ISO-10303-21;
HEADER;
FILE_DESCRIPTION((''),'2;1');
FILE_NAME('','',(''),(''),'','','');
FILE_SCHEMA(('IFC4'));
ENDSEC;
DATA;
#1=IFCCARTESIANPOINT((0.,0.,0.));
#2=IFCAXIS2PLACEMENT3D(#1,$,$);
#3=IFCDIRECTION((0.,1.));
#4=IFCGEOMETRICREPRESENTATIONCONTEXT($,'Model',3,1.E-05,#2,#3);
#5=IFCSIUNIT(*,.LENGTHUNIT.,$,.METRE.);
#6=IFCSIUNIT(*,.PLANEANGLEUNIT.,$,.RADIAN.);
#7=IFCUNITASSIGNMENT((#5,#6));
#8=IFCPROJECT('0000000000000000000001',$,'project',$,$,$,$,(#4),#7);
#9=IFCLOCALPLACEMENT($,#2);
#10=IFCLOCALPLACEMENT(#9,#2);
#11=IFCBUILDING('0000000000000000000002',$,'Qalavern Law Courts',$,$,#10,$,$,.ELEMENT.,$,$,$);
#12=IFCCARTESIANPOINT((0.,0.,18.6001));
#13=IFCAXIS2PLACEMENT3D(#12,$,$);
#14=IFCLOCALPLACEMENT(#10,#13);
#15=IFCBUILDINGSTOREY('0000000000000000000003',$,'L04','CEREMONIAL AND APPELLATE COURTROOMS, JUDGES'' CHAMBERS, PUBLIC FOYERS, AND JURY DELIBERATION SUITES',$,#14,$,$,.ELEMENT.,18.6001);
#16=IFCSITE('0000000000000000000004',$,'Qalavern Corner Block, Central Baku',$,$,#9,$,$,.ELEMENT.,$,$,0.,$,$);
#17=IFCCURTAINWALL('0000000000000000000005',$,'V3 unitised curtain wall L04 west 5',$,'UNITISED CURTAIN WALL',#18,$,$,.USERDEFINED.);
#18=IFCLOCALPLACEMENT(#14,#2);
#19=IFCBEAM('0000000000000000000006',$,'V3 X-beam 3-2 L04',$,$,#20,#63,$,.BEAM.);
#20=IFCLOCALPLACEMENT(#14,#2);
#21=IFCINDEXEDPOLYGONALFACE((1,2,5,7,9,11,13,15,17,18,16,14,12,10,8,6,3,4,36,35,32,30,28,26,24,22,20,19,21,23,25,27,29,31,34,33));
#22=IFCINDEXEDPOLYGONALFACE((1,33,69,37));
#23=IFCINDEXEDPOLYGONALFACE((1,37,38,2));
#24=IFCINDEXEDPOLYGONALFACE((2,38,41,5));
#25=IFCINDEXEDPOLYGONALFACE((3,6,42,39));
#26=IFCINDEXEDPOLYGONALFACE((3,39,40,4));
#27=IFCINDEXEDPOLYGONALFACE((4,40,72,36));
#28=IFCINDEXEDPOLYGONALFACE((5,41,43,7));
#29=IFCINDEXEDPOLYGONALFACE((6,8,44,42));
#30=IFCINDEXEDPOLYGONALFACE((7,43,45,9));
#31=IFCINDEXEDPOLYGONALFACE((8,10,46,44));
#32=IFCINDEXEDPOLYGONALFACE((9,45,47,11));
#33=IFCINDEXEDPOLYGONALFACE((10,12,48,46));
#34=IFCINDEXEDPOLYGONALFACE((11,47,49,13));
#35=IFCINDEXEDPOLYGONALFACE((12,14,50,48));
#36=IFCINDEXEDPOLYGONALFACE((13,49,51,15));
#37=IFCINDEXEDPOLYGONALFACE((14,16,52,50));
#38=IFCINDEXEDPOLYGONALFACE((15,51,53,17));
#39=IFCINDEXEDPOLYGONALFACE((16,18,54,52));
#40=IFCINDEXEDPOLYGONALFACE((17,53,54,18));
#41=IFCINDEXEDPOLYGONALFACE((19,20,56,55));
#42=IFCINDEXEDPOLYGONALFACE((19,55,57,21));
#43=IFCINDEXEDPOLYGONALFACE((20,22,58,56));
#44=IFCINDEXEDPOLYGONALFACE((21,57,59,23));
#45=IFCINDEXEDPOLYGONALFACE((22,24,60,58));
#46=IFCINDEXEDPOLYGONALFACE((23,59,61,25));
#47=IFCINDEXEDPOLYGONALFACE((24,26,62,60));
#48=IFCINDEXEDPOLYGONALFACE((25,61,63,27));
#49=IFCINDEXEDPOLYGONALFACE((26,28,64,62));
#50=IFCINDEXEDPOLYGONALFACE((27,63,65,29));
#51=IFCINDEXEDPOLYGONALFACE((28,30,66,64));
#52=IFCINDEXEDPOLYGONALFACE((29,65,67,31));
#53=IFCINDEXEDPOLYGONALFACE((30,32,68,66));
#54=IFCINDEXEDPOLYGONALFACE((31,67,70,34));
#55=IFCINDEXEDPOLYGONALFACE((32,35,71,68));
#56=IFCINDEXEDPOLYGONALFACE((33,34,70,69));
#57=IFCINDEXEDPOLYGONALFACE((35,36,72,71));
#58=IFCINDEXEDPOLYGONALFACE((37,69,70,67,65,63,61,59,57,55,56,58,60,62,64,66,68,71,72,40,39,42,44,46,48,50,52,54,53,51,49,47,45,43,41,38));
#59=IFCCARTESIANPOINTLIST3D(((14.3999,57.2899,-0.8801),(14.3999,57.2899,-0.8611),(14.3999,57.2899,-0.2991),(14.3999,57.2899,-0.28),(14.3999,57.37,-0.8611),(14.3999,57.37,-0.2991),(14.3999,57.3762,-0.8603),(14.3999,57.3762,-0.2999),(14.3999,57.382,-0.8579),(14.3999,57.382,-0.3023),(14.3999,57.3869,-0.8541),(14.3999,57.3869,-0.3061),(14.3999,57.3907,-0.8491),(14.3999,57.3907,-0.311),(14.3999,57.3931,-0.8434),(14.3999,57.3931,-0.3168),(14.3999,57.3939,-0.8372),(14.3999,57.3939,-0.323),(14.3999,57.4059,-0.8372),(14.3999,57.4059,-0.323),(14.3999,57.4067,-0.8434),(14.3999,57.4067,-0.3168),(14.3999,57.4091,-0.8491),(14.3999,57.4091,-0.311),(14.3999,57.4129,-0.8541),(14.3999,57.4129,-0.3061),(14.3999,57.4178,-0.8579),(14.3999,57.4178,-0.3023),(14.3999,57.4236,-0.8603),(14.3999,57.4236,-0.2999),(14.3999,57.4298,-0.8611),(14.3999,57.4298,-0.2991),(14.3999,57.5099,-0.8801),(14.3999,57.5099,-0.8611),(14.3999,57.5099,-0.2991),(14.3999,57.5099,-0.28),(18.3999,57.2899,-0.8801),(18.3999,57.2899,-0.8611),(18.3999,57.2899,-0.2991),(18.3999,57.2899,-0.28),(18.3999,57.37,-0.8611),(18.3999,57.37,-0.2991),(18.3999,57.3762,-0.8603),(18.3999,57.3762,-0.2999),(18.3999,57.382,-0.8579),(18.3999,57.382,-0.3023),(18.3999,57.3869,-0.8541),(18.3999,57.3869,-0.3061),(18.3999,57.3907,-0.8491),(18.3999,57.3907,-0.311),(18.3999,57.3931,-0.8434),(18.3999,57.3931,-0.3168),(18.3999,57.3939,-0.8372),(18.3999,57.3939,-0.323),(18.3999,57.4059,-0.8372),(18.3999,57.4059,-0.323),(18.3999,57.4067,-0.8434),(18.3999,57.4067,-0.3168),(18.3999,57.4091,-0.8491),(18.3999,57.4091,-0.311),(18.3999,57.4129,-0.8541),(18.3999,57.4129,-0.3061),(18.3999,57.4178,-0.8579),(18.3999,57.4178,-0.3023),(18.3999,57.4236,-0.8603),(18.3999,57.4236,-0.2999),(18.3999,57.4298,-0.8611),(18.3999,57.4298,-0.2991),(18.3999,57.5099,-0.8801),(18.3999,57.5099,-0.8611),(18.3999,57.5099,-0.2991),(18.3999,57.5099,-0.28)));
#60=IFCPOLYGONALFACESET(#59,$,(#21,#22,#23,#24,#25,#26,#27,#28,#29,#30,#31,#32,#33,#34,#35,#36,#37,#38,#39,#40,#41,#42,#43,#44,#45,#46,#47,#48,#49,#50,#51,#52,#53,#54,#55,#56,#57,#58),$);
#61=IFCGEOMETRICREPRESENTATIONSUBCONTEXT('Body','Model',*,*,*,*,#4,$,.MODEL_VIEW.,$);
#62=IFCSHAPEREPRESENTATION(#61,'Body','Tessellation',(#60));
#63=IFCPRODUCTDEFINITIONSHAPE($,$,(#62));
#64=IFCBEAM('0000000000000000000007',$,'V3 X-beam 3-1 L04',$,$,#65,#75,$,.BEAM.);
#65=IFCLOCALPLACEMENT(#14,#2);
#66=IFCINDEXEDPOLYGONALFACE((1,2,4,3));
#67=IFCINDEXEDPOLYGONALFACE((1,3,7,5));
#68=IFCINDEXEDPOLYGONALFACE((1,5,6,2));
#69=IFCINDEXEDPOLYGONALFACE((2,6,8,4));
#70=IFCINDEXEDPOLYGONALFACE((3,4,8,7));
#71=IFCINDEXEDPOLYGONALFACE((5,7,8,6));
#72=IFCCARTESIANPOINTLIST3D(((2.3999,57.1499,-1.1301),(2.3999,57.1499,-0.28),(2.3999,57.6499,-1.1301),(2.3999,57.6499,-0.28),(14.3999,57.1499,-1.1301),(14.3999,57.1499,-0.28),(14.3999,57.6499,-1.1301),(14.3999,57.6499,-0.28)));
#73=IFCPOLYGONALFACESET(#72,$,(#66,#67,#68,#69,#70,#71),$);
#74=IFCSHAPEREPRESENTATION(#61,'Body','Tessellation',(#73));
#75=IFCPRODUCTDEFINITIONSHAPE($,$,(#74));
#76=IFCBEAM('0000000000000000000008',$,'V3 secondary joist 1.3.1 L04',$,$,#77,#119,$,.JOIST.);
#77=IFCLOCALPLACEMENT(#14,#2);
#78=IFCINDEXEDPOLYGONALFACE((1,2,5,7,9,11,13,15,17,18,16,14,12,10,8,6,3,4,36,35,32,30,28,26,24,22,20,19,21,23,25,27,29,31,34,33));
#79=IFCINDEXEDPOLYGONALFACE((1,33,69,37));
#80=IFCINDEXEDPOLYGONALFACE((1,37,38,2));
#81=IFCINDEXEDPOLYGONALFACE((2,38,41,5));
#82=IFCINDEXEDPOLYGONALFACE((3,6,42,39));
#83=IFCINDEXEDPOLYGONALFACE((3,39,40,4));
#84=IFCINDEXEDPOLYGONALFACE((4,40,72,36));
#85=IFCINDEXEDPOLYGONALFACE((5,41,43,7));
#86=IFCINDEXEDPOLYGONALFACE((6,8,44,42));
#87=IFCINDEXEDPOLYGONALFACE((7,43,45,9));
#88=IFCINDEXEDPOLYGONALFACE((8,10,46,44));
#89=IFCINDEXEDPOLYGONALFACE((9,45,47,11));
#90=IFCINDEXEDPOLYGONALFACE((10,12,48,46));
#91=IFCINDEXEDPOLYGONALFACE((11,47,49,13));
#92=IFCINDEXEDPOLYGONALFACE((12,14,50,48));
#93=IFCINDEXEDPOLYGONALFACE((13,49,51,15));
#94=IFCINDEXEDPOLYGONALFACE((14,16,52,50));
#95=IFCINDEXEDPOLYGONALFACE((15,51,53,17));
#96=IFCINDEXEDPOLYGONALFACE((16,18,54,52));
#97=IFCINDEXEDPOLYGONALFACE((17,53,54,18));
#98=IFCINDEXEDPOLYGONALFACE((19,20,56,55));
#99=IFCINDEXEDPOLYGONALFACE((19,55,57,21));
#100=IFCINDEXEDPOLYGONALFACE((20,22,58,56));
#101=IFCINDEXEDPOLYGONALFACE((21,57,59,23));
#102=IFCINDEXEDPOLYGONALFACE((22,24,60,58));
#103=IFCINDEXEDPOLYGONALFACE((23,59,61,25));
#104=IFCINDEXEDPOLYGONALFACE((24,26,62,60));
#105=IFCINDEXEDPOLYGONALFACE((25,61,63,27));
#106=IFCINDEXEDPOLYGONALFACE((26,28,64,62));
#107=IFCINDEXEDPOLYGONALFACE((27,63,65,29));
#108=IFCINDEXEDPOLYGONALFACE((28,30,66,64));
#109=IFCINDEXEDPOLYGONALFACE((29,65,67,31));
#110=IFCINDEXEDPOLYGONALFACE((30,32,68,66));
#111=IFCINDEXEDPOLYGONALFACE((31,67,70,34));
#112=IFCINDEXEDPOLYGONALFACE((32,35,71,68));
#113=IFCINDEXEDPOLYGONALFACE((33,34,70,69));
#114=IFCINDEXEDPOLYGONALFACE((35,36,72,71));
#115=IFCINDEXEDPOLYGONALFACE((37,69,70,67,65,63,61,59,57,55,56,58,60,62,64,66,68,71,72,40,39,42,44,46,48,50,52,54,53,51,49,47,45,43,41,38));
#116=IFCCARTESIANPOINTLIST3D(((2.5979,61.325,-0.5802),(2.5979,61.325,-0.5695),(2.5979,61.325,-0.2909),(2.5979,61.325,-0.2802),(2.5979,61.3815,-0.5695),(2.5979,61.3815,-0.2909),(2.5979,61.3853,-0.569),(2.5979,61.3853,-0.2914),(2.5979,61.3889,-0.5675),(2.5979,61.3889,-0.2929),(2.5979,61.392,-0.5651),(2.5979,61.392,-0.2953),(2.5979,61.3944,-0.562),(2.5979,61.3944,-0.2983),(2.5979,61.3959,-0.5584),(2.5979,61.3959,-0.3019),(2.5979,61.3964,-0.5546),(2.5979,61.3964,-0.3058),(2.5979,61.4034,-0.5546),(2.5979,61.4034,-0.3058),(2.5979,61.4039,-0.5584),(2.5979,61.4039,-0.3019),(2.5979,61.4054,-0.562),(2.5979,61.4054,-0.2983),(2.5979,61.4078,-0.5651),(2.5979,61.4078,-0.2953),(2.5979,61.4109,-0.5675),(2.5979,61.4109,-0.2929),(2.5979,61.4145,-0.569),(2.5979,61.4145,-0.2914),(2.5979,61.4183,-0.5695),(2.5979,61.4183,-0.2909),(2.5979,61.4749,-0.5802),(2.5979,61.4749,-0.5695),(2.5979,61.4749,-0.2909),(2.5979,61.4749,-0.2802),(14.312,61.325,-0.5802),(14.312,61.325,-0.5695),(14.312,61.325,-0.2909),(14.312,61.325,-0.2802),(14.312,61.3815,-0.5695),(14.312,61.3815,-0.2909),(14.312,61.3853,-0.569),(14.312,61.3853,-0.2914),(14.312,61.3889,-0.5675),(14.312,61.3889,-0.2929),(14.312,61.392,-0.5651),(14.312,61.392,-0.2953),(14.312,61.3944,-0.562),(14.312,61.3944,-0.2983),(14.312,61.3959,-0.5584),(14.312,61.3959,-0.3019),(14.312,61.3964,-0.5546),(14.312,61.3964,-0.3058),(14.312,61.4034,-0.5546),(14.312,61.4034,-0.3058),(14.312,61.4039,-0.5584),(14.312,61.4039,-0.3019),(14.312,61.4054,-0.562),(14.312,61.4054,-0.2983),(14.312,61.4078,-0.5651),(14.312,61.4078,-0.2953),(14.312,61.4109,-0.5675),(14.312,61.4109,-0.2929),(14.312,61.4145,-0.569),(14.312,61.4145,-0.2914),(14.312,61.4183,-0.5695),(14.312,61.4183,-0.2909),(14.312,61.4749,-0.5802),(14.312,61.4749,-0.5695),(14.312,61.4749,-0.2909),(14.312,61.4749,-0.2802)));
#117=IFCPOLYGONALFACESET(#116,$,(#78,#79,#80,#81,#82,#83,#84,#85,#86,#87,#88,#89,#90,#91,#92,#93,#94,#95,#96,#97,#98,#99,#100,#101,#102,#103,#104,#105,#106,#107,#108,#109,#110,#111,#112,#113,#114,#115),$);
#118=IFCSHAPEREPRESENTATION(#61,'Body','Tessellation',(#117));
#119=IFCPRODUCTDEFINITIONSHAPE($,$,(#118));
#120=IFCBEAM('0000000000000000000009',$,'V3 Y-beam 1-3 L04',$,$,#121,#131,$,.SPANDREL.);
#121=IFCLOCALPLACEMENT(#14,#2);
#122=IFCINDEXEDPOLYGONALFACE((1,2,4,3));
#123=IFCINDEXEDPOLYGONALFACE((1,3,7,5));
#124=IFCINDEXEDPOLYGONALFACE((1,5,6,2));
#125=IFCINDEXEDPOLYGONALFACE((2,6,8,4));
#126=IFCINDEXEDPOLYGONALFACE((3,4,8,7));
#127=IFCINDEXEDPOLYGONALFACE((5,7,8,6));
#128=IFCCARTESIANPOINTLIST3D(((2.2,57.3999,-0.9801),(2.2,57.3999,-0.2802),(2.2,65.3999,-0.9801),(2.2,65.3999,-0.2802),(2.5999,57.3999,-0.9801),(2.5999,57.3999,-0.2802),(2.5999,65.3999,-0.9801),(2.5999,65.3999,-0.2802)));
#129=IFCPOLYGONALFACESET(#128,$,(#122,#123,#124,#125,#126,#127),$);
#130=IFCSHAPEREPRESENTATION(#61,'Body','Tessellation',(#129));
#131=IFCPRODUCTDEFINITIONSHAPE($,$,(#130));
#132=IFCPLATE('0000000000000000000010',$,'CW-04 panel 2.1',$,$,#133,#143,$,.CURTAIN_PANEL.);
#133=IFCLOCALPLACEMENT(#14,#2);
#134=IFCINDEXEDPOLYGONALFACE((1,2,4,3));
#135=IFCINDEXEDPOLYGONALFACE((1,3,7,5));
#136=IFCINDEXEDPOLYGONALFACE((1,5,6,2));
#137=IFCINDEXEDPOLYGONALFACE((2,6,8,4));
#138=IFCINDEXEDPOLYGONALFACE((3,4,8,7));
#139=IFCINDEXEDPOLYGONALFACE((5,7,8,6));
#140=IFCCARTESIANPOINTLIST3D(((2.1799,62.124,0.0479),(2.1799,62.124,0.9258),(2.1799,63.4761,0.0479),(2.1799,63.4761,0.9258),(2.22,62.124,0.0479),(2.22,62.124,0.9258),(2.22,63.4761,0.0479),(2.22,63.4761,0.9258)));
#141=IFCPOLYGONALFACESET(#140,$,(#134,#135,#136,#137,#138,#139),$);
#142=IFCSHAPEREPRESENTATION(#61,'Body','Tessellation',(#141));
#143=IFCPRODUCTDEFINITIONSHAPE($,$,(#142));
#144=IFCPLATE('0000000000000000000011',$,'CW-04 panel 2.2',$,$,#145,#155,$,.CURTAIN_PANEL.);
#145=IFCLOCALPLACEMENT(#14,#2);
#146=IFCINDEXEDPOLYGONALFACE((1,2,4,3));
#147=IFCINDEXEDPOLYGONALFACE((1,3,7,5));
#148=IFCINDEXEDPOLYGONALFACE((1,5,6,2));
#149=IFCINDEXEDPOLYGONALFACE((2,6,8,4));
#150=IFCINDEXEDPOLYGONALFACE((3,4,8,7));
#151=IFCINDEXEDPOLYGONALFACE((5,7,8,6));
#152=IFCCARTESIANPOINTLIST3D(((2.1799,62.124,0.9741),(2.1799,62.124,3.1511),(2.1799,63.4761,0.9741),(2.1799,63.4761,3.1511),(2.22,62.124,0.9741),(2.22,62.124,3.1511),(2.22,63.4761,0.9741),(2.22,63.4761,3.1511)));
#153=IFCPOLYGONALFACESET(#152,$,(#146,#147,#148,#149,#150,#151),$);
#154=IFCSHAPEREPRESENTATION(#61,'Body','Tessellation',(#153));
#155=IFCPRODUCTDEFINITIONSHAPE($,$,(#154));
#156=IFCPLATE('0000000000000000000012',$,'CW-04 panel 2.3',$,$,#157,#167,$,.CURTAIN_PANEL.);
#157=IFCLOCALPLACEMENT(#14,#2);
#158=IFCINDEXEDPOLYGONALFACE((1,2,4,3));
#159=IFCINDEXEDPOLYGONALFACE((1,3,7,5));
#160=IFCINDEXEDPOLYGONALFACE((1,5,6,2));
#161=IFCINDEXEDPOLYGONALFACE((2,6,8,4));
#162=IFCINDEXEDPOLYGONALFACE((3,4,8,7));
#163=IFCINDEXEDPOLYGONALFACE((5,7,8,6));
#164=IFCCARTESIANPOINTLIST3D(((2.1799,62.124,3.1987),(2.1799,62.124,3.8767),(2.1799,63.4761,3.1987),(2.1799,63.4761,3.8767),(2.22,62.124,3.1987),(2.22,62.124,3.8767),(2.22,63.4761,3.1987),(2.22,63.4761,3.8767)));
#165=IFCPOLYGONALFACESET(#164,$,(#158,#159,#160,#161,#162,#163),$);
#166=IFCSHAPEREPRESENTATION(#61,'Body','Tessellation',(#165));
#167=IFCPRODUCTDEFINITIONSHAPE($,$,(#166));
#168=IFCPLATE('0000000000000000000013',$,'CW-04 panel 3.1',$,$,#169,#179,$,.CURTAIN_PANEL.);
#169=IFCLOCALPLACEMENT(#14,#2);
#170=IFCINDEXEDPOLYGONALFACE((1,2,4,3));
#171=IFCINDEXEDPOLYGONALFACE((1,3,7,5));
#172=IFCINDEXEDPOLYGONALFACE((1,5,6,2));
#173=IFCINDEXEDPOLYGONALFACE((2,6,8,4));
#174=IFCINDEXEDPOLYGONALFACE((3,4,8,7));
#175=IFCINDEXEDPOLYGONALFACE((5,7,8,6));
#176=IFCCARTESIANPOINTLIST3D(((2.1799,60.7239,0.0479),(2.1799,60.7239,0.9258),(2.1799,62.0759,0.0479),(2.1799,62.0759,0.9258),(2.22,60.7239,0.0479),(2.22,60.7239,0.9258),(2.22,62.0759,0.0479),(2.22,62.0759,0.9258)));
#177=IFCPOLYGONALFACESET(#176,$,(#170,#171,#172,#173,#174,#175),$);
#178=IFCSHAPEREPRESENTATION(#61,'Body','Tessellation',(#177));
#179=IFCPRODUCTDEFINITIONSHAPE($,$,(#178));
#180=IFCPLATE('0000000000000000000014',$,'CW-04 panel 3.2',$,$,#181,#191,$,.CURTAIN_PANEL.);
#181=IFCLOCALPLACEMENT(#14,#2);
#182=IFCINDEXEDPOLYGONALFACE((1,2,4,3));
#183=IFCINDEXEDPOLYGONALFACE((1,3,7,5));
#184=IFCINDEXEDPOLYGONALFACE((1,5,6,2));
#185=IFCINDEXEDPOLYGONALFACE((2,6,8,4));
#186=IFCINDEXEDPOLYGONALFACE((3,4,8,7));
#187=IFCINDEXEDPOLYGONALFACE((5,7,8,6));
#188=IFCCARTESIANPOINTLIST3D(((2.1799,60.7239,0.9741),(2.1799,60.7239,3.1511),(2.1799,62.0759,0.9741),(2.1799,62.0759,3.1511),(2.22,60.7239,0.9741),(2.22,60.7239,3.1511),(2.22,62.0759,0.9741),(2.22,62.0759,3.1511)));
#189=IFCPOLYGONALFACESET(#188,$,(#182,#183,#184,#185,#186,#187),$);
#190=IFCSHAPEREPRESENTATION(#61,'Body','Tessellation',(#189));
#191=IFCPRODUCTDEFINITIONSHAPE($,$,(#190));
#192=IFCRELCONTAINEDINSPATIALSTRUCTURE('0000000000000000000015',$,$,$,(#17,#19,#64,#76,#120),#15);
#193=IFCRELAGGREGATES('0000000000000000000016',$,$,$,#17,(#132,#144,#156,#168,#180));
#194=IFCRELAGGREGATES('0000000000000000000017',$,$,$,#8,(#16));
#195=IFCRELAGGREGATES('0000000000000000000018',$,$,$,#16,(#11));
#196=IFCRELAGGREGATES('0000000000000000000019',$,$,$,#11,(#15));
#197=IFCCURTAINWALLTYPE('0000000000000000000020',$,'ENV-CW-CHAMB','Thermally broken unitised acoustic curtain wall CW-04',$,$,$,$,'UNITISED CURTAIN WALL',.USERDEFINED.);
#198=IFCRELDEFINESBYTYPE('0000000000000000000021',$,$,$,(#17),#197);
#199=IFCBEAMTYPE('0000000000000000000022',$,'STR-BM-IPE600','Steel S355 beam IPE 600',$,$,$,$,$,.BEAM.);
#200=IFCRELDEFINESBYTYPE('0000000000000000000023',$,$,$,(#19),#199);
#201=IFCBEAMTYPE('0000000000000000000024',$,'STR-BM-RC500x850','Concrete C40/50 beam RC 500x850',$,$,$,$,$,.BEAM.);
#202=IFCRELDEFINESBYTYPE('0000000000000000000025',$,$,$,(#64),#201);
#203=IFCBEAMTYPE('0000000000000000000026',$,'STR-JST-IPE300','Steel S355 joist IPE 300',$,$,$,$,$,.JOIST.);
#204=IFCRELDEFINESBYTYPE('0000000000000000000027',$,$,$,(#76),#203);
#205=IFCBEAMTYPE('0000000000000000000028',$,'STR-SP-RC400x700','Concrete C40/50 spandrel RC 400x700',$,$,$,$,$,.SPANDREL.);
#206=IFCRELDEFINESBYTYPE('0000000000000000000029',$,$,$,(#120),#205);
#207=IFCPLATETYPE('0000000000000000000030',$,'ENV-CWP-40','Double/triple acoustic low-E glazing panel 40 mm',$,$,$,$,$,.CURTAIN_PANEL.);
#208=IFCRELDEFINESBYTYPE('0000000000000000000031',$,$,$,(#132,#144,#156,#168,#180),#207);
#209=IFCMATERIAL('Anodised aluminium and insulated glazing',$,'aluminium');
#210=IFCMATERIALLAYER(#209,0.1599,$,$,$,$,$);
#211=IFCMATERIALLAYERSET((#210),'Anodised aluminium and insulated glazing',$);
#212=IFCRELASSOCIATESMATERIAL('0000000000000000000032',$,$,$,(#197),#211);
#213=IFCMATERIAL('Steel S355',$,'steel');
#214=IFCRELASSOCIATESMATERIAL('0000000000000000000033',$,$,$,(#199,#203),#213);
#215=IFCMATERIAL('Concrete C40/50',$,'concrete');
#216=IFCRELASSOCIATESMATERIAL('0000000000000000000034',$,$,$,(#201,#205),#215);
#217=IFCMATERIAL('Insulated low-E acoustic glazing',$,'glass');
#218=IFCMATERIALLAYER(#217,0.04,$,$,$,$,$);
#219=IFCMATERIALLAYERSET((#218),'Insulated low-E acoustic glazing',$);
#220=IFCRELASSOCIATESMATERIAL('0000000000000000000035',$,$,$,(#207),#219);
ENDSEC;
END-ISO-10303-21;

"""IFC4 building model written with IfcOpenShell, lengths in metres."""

from ifc_helpers import new_model, si_unit, direction, frame, origin, origin_2d, place, context, subcontext, project, spatial, rectangle, i_section, extrude, material, layer, layer_set, material_profile, profile_set, type_object, element, aggregate, save


model = new_model("IFC4")

# Units and contexts
model_context = context("Model", 3, precision=1e-05, world=origin(), true_north=direction((0.0, 1.0)))
body_context = subcontext(model_context, "Body", "Model", "MODEL_VIEW")
ifc_project = project(units=[si_unit("LENGTHUNIT", "METRE"), si_unit("PLANEANGLEUNIT", "RADIAN")], contexts=[model_context])

# Site, building, storey
site_placement = place(None, origin())
site = spatial("IfcSite", under=ifc_project, at=site_placement, Name="Qalavern Corner Block, Central Baku", CompositionType="ELEMENT", RefElevation=0.0)
building_placement = place(site_placement, origin())
building = spatial("IfcBuilding", under=site, at=building_placement, Name="Qalavern Law Courts", CompositionType="ELEMENT")
storey_placement = place(building_placement, frame((0.0, 0.0, 18.6001)))
storey = spatial("IfcBuildingStorey", under=building, at=storey_placement, Name="L04", Description="CEREMONIAL AND APPELLATE COURTROOMS, JUDGES' CHAMBERS, PUBLIC FOYERS, AND JURY DELIBERATION SUITES", CompositionType="ELEMENT", Elevation=18.6001)

# Curtain wall
ifc_material_1 = material(Name="Anodised aluminium and insulated glazing", Category="aluminium")
ifc_layer_1 = layer(ifc_material_1, 0.1599)
ifc_layer_set_1 = layer_set([ifc_layer_1], Name="Anodised aluminium and insulated glazing")
curtain_wall_type = type_object("IfcCurtainWallType", Name="ENV-CW-CHAMB", Description="Thermally broken unitised acoustic curtain wall CW-04", ElementType="UNITISED CURTAIN WALL", PredefinedType="USERDEFINED", material=ifc_layer_set_1)
curtain_wall_placement = place(storey_placement, origin())
curtain_wall = element("IfcCurtainWall", 1, at=curtain_wall_placement, inside=storey, type_object=curtain_wall_type, Name="V3 unitised curtain wall L04 west 5", ObjectType="UNITISED CURTAIN WALL", PredefinedType="USERDEFINED")

# Beams
ifc_material_2 = material(Name="Steel S355", Category="steel")
ifc_material_profile_1 = material_profile(ifc_material_2, i_section(OverallWidth=0.22, OverallDepth=0.6001, WebThickness=0.012, FlangeThickness=0.019, FilletRadius=0.0239, at=origin_2d()), Name="IPE 600")
ifc_profile_set_1 = profile_set([ifc_material_profile_1], Name="Steel S355")
beam_type_1 = type_object("IfcBeamType", Name="STR-BM-IPE600", Description="Steel S355 beam IPE 600", PredefinedType="BEAM", material=ifc_profile_set_1)
beam_1_placement = place(storey_placement, frame((14.3999, 57.3999, -0.5801), z_axis=(1.0, 0.0, 0.0), x_axis=(0.0, 1.0, 0.0)))
element("IfcBeam", 2, at=beam_1_placement, inside=storey, type_object=beam_type_1, Name="V3 X-beam 3-2 L04", PredefinedType="BEAM", context=body_context, shape_type="SweptSolid", body=[
    extrude(i_section(OverallWidth=0.22, OverallDepth=0.6001, WebThickness=0.012, FlangeThickness=0.019, FilletRadius=0.0239, at=origin_2d()), origin(), (0.0, 0.0, 1.0), 4.0),
])
ifc_material_3 = material(Name="Concrete C40/50", Category="concrete")
ifc_material_profile_2 = material_profile(ifc_material_3, rectangle(XDim=0.5, YDim=0.8501, at=origin_2d()), Name="RC 500x850")
ifc_profile_set_2 = profile_set([ifc_material_profile_2], Name="Concrete C40/50")
beam_type_2 = type_object("IfcBeamType", Name="STR-BM-RC500x850", Description="Concrete C40/50 beam RC 500x850", PredefinedType="BEAM", material=ifc_profile_set_2)
beam_2_placement = place(storey_placement, frame((2.3999, 57.3999, -0.7051), z_axis=(1.0, 0.0, 0.0), x_axis=(0.0, 1.0, 0.0)))
element("IfcBeam", 3, at=beam_2_placement, inside=storey, type_object=beam_type_2, Name="V3 X-beam 3-1 L04", PredefinedType="BEAM", context=body_context, shape_type="SweptSolid", body=[
    extrude(rectangle(XDim=0.5, YDim=0.8501, at=origin_2d()), origin(), (0.0, 0.0, 1.0), 12.0),
])
ifc_material_profile_3 = material_profile(ifc_material_2, i_section(OverallWidth=0.1499, OverallDepth=0.3, WebThickness=0.0071, FlangeThickness=0.0107, FilletRadius=0.0149, at=origin_2d()), Name="IPE 300")
ifc_profile_set_3 = profile_set([ifc_material_profile_3], Name="Steel S355")
beam_type_3 = type_object("IfcBeamType", Name="STR-JST-IPE300", Description="Steel S355 joist IPE 300", PredefinedType="JOIST", material=ifc_profile_set_3)
beam_3_placement = place(storey_placement, frame((2.5979, 61.3999, -0.4302), z_axis=(1.0, 0.0, 0.0), x_axis=(0.0, 1.0, 0.0)))
element("IfcBeam", 4, at=beam_3_placement, inside=storey, type_object=beam_type_3, Name="V3 secondary joist 1.3.1 L04", PredefinedType="JOIST", context=body_context, shape_type="SweptSolid", body=[
    extrude(i_section(OverallWidth=0.1499, OverallDepth=0.3, WebThickness=0.0071, FlangeThickness=0.0107, FilletRadius=0.0149, at=origin_2d()), origin(), (0.0, 0.0, 1.0), 11.7141),
])
ifc_material_profile_4 = material_profile(ifc_material_3, rectangle(XDim=0.3999, YDim=0.7, at=origin_2d()), Name="RC 400x700")
ifc_profile_set_4 = profile_set([ifc_material_profile_4], Name="Concrete C40/50")
beam_type_4 = type_object("IfcBeamType", Name="STR-SP-RC400x700", Description="Concrete C40/50 spandrel RC 400x700", PredefinedType="SPANDREL", material=ifc_profile_set_4)
beam_4_placement = place(storey_placement, frame((2.3999, 57.3999, -0.6301), z_axis=(0.0, 1.0, 0.0), x_axis=(-1.0, 0.0, 0.0)))
element("IfcBeam", 5, at=beam_4_placement, inside=storey, type_object=beam_type_4, Name="V3 Y-beam 1-3 L04", PredefinedType="SPANDREL", context=body_context, shape_type="SweptSolid", body=[
    extrude(rectangle(XDim=0.3999, YDim=0.7, at=origin_2d()), origin(), (0.0, 0.0, 1.0), 8.0),
])

# Plates
ifc_material_4 = material(Name="Insulated low-E acoustic glazing", Category="glass")
ifc_layer_2 = layer(ifc_material_4, 0.04)
ifc_layer_set_2 = layer_set([ifc_layer_2], Name="Insulated low-E acoustic glazing")
plate_type = type_object("IfcPlateType", Name="ENV-CWP-40", Description="Double/triple acoustic low-E glazing panel 40 mm", PredefinedType="CURTAIN_PANEL", material=ifc_layer_set_2)
plate_1_placement = place(storey_placement, frame((2.2, 62.8, 0.0479), z_axis=(0.0, 0.0, 1.0), x_axis=(0.0, -1.0, 0.0)))
plate_1 = element("IfcPlate", 6, at=plate_1_placement, type_object=plate_type, Name="CW-04 panel 2.1", PredefinedType="CURTAIN_PANEL", context=body_context, shape_type="SweptSolid", body=[
    extrude(rectangle(XDim=1.3521, YDim=0.04, at=origin_2d()), origin(), (0.0, 0.0, 1.0), 0.8779),
])
plate_2_placement = place(storey_placement, frame((2.2, 62.8, 0.9741), z_axis=(0.0, 0.0, 1.0), x_axis=(0.0, -1.0, 0.0)))
plate_2 = element("IfcPlate", 7, at=plate_2_placement, type_object=plate_type, Name="CW-04 panel 2.2", PredefinedType="CURTAIN_PANEL", context=body_context, shape_type="SweptSolid", body=[
    extrude(rectangle(XDim=1.3521, YDim=0.04, at=origin_2d()), origin(), (0.0, 0.0, 1.0), 2.177),
])
plate_3_placement = place(storey_placement, frame((2.2, 62.8, 3.1987), z_axis=(0.0, 0.0, 1.0), x_axis=(0.0, -1.0, 0.0)))
plate_3 = element("IfcPlate", 8, at=plate_3_placement, type_object=plate_type, Name="CW-04 panel 2.3", PredefinedType="CURTAIN_PANEL", context=body_context, shape_type="SweptSolid", body=[
    extrude(rectangle(XDim=1.3521, YDim=0.04, at=origin_2d()), origin(), (0.0, 0.0, 1.0), 0.678),
])
plate_4_placement = place(storey_placement, frame((2.2, 61.3999, 0.0479), z_axis=(0.0, 0.0, 1.0), x_axis=(0.0, -1.0, 0.0)))
plate_4 = element("IfcPlate", 9, at=plate_4_placement, type_object=plate_type, Name="CW-04 panel 3.1", PredefinedType="CURTAIN_PANEL", context=body_context, shape_type="SweptSolid", body=[
    extrude(rectangle(XDim=1.3521, YDim=0.04, at=origin_2d()), origin(), (0.0, 0.0, 1.0), 0.8779),
])
plate_5_placement = place(storey_placement, frame((2.2, 61.3999, 0.9741), z_axis=(0.0, 0.0, 1.0), x_axis=(0.0, -1.0, 0.0)))
plate_5 = element("IfcPlate", 10, at=plate_5_placement, type_object=plate_type, Name="CW-04 panel 3.2", PredefinedType="CURTAIN_PANEL", context=body_context, shape_type="SweptSolid", body=[
    extrude(rectangle(XDim=1.3521, YDim=0.04, at=origin_2d()), origin(), (0.0, 0.0, 1.0), 2.177),
])
aggregate(curtain_wall, [plate_1, plate_2, plate_3, plate_4, plate_5])

save(model, "model.ifc")
